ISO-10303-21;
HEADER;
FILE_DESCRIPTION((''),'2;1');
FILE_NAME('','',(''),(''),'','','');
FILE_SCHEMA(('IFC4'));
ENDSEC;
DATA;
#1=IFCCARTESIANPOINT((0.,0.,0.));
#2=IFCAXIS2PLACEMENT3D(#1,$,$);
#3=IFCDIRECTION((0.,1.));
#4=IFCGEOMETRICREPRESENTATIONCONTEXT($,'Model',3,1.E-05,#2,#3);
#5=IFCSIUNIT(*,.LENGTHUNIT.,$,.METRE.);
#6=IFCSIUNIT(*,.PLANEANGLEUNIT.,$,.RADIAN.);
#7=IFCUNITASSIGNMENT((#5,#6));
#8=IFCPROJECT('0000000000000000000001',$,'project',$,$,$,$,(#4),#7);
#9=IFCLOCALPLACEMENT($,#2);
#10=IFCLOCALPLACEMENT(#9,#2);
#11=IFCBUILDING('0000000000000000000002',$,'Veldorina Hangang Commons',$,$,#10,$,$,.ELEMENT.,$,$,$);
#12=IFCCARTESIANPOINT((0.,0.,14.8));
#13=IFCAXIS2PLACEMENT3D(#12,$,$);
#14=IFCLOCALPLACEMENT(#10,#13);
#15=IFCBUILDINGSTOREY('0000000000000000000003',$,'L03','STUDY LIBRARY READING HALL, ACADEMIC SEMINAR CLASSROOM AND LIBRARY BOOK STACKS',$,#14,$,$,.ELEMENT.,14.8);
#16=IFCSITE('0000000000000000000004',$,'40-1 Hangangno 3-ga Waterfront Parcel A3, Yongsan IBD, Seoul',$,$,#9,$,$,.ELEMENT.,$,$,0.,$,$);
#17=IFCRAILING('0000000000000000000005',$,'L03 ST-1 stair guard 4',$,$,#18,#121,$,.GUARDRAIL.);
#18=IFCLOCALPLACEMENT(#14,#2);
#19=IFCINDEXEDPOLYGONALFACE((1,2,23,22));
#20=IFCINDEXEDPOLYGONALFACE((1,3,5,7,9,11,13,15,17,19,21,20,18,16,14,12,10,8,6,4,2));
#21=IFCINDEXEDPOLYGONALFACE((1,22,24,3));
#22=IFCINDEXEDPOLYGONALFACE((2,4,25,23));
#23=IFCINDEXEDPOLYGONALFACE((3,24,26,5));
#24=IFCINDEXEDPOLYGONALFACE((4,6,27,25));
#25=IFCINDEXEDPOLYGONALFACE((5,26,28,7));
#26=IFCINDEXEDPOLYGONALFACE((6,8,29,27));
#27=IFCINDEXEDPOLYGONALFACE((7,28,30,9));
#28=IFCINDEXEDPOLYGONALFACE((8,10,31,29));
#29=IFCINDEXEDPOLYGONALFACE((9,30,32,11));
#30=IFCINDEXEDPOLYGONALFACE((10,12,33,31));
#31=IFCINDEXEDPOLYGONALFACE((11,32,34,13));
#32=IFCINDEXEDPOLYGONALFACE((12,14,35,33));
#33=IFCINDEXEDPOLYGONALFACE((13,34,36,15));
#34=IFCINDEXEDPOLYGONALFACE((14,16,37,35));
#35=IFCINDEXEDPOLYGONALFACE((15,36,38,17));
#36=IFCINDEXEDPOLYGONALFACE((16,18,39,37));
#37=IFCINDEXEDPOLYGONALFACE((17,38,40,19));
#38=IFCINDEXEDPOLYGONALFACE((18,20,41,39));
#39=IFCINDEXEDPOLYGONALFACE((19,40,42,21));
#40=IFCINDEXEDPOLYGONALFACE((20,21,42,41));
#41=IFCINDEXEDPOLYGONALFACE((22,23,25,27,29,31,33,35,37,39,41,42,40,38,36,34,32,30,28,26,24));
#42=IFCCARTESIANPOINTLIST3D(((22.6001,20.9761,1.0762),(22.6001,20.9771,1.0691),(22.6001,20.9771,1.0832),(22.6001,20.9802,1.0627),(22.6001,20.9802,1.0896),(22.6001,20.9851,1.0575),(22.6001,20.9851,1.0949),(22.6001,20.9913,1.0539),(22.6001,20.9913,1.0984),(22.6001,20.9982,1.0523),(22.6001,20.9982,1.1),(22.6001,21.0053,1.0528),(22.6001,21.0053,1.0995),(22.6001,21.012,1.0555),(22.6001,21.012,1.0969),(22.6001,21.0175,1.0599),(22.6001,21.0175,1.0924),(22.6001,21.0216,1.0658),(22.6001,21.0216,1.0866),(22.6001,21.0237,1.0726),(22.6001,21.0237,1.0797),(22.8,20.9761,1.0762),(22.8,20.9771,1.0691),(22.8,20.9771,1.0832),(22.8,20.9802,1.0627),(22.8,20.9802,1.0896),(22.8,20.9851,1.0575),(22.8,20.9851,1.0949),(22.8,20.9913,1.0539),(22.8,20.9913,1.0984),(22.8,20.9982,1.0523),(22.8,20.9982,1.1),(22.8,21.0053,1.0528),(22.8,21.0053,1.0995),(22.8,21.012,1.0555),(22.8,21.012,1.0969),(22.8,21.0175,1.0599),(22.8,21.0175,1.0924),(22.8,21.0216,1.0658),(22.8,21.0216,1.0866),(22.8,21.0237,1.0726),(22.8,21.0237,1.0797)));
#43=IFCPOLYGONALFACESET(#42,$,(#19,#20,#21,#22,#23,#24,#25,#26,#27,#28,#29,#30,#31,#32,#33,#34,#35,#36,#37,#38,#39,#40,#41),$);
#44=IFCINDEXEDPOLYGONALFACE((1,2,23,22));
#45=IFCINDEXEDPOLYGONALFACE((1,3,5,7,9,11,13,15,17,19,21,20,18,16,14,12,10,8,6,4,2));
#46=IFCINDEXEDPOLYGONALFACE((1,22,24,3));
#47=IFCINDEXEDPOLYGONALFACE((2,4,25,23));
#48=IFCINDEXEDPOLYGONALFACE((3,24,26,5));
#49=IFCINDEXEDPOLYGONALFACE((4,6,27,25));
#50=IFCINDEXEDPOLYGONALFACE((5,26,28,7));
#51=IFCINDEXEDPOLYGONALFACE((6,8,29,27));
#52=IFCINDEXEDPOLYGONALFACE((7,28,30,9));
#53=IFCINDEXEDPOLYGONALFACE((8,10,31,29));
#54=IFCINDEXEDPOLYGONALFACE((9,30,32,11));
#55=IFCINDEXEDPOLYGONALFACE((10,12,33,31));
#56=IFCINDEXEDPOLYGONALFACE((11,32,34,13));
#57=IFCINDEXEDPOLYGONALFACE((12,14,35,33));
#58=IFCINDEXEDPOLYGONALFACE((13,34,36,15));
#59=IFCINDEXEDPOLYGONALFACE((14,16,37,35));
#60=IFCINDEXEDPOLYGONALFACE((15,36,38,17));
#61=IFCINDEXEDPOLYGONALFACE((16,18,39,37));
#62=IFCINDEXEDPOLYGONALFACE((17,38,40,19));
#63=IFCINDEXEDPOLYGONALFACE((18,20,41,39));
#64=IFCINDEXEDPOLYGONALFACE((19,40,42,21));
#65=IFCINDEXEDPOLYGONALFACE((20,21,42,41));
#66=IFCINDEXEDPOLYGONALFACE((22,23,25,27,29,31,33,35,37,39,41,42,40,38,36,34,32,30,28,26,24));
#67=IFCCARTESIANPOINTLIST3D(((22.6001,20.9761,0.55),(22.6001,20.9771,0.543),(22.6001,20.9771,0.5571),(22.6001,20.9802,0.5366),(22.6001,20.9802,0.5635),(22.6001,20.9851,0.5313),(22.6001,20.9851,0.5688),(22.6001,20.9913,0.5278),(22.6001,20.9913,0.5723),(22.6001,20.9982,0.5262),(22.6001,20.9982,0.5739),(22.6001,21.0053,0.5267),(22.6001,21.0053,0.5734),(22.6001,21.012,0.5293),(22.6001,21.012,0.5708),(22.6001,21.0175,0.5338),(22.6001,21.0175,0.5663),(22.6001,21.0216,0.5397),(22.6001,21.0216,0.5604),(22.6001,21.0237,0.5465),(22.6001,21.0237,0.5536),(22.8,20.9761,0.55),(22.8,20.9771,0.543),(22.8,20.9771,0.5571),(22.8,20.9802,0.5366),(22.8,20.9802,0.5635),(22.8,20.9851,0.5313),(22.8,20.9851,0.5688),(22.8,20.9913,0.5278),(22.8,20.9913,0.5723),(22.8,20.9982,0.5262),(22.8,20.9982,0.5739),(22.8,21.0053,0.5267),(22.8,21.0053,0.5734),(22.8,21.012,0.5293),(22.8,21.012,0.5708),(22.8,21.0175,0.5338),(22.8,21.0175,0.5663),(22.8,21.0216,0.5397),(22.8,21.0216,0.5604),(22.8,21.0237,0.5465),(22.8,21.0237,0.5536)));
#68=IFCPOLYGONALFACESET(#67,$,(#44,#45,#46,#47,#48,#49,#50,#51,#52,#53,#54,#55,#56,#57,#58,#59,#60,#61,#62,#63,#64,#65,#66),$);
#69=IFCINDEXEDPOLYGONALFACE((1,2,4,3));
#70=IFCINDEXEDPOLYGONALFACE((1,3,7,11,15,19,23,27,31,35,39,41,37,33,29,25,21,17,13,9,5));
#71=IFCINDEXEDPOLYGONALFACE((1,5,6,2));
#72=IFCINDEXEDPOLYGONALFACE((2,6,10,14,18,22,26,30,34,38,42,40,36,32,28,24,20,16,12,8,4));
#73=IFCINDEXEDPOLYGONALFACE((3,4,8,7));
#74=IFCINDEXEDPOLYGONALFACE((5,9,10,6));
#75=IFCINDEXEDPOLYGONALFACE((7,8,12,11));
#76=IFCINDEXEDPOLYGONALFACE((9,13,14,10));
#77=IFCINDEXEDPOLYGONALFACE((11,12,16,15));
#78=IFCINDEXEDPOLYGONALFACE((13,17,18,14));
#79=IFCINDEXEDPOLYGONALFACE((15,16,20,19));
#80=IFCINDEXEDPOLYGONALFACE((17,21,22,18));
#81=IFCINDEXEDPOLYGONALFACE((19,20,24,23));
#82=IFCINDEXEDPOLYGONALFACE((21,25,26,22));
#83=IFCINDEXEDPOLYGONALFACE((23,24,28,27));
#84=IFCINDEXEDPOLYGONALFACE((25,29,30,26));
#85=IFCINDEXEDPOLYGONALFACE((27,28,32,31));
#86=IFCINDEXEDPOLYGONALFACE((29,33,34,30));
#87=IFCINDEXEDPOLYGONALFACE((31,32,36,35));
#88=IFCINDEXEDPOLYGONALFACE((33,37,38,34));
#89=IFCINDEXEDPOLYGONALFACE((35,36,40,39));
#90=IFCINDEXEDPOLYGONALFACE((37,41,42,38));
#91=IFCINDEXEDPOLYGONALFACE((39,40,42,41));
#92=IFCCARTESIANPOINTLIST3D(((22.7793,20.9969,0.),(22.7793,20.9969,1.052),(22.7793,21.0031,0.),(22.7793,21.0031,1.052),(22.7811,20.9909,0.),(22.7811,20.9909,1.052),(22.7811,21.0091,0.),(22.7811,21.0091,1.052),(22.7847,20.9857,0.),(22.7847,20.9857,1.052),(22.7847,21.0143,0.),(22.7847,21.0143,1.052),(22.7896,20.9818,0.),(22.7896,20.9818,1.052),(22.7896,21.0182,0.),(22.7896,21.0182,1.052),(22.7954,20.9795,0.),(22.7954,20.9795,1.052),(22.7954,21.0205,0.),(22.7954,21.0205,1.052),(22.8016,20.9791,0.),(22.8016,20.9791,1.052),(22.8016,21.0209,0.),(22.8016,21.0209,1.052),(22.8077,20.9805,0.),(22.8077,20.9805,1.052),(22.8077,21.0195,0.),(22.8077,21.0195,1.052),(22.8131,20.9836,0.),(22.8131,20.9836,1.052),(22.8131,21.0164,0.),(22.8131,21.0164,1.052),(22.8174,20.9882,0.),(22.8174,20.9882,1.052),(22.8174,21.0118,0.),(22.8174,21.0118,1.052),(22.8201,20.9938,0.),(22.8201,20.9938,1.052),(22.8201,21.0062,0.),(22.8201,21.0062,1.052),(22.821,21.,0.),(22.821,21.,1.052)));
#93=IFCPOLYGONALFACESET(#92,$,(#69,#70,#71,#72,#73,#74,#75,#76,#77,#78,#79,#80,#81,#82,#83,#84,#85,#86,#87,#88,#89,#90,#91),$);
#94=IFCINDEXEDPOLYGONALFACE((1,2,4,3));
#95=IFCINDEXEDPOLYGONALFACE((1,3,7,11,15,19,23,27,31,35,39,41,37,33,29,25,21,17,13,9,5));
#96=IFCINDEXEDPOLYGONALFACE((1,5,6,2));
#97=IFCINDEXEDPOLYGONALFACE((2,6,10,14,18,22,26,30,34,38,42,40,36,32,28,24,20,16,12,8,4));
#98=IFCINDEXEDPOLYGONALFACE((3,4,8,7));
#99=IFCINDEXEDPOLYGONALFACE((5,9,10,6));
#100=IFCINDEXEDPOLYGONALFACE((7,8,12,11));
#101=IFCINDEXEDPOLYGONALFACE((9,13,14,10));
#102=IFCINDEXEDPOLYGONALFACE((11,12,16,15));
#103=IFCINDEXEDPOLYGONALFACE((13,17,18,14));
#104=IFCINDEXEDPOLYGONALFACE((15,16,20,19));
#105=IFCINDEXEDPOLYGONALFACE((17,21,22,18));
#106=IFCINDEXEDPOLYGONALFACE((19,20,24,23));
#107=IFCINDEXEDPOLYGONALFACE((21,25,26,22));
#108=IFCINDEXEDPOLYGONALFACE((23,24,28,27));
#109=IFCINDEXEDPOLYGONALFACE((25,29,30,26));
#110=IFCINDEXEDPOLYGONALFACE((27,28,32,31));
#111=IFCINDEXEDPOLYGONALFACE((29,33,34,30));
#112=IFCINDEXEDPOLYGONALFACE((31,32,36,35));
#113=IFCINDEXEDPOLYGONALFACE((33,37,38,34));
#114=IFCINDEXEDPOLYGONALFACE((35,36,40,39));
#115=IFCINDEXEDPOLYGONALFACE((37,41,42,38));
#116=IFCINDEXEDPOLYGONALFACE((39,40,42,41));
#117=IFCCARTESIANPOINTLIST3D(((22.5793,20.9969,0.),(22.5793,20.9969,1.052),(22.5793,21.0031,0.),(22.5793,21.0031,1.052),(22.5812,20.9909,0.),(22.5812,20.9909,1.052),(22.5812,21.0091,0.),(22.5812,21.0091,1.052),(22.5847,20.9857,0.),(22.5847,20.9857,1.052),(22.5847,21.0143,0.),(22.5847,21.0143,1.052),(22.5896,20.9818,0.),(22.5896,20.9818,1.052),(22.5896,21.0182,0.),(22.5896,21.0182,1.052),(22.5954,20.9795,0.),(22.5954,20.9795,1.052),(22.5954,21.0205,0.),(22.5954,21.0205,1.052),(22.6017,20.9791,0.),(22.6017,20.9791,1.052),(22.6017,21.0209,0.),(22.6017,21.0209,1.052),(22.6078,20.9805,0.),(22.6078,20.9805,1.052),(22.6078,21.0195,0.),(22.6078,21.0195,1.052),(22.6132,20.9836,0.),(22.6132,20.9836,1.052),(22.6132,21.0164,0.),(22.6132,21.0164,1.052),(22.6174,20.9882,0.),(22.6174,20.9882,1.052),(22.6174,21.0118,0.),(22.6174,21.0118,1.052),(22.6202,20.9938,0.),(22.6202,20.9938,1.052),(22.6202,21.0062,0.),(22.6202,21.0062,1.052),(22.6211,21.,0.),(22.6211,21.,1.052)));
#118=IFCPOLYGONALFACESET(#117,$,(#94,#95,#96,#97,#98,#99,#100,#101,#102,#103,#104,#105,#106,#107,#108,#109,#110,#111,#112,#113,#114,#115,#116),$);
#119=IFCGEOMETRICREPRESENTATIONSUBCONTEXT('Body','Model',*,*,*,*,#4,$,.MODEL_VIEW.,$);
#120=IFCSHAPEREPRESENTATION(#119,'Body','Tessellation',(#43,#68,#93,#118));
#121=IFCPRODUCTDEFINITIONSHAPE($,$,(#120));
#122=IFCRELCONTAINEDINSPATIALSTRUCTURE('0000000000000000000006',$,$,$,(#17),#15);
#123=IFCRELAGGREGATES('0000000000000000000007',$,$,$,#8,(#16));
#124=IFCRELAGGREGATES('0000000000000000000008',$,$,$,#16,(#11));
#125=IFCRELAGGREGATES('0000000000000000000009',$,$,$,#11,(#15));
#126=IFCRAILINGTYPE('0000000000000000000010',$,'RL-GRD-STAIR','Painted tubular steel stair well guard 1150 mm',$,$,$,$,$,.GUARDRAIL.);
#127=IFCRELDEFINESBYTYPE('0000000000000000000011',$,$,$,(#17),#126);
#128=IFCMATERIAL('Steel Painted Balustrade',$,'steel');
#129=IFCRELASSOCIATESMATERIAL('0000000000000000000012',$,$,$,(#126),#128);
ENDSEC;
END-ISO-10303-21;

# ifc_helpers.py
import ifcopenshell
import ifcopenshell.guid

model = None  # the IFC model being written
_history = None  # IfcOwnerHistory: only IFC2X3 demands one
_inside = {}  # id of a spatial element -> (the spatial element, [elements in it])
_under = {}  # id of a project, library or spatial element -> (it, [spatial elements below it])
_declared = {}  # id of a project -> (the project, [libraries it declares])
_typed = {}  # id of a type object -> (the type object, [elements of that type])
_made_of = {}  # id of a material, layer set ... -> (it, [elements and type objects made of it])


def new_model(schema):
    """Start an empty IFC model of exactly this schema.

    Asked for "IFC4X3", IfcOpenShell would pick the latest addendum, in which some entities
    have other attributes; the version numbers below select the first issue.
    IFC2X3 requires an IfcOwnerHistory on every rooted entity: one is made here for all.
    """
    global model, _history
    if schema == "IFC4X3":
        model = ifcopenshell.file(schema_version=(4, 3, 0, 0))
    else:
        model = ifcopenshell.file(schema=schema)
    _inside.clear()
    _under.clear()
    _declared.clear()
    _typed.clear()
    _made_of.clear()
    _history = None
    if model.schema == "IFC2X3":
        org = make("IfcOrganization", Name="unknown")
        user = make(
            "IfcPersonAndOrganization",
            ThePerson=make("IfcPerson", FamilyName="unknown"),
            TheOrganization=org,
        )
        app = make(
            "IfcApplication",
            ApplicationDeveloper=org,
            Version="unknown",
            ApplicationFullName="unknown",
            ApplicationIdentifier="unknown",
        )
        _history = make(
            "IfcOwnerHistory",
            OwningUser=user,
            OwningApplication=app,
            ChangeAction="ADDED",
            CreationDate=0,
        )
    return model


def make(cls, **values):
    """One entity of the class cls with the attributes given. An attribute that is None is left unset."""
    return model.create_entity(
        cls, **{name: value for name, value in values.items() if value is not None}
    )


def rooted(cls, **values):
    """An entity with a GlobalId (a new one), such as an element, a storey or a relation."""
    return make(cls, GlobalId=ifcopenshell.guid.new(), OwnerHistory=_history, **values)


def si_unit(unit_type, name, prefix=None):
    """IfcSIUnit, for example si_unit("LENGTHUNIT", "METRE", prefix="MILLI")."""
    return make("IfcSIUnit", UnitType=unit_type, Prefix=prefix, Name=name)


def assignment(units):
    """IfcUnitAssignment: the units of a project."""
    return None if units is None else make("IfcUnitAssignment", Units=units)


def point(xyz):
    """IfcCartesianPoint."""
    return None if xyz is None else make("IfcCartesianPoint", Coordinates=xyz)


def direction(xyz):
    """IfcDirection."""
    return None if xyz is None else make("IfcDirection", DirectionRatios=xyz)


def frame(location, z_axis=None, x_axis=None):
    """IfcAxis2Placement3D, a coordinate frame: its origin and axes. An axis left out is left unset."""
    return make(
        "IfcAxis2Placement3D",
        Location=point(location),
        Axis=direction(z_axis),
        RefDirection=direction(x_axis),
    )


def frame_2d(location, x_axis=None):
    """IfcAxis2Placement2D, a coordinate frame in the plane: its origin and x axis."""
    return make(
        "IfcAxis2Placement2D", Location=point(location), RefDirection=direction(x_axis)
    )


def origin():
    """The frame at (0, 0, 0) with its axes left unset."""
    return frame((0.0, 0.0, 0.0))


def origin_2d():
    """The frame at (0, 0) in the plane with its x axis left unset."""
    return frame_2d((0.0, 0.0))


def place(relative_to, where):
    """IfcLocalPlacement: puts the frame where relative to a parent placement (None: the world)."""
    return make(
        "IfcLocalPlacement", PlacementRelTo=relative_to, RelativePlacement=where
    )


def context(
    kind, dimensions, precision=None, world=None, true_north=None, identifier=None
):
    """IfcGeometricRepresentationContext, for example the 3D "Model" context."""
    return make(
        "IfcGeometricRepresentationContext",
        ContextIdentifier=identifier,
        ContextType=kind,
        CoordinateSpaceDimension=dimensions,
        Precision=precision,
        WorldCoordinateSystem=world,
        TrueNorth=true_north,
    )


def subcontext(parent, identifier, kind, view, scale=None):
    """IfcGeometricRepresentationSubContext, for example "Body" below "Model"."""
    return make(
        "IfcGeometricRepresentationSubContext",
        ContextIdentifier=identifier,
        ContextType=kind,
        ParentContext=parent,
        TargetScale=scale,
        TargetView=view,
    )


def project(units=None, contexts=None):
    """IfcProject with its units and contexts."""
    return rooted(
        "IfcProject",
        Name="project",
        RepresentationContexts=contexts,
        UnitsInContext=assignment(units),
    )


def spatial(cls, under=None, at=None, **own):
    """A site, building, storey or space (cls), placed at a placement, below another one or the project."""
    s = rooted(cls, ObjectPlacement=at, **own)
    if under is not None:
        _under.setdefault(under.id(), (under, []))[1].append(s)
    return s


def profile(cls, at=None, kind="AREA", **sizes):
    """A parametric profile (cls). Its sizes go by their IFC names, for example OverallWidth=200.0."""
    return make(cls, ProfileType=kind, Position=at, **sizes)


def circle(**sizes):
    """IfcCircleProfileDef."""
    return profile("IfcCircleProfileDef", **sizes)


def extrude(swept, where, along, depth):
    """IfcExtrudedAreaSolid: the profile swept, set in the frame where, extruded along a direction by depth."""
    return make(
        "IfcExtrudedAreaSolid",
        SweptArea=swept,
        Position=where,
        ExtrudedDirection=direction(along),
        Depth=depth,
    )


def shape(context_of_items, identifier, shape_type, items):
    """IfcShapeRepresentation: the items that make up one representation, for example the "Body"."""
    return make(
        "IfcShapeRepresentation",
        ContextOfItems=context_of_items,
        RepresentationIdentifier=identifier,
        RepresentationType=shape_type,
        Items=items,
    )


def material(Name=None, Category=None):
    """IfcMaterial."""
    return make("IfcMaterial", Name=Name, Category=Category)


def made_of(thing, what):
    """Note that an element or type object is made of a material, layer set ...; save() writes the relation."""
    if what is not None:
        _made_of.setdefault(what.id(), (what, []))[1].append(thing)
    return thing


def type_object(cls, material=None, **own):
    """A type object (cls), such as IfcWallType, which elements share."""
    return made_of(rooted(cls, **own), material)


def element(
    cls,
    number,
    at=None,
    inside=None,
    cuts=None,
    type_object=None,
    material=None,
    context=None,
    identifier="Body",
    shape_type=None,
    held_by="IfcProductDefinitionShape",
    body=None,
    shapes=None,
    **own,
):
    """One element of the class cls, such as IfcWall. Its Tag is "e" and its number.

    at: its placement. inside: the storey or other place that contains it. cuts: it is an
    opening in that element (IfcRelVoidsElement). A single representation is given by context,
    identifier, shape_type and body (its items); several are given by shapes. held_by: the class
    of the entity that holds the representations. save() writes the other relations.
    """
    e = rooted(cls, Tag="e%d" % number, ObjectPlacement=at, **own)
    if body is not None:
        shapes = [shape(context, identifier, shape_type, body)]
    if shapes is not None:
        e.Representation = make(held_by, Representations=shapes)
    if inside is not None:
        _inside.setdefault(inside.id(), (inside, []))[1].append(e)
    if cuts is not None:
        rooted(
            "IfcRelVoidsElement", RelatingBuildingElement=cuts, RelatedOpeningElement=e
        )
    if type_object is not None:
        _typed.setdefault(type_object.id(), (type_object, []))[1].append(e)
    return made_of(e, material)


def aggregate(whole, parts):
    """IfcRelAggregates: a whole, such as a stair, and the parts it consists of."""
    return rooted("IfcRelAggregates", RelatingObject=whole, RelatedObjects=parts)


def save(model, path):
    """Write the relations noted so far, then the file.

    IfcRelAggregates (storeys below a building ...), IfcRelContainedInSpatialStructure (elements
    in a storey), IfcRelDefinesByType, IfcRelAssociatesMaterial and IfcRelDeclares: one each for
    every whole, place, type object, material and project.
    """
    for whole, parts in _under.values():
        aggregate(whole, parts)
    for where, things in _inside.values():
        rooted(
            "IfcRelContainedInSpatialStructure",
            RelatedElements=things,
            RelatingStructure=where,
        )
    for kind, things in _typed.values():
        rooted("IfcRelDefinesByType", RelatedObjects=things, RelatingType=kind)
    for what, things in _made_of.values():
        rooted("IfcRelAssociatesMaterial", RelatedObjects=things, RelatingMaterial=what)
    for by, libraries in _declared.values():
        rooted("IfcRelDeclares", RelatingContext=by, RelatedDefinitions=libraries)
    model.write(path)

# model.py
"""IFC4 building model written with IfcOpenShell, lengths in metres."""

from ifc_helpers import new_model, si_unit, direction, frame, origin, origin_2d, place, context, subcontext, project, spatial, circle, extrude, material, type_object, element, save


model = new_model("IFC4")

# Units and contexts
model_context = context("Model", 3, precision=1e-05, world=origin(), true_north=direction((0.0, 1.0)))
body_context = subcontext(model_context, "Body", "Model", "MODEL_VIEW")
ifc_project = project(units=[si_unit("LENGTHUNIT", "METRE"), si_unit("PLANEANGLEUNIT", "RADIAN")], contexts=[model_context])

# Site, building, storey
site_placement = place(None, origin())
site = spatial("IfcSite", under=ifc_project, at=site_placement, Name="40-1 Hangangno 3-ga Waterfront Parcel A3, Yongsan IBD, Seoul", CompositionType="ELEMENT", RefElevation=0.0)
building_placement = place(site_placement, origin())
building = spatial("IfcBuilding", under=site, at=building_placement, Name="Veldorina Hangang Commons", CompositionType="ELEMENT")
storey_placement = place(building_placement, frame((0.0, 0.0, 14.8)))
storey = spatial("IfcBuildingStorey", under=building, at=storey_placement, Name="L03", Description="STUDY LIBRARY READING HALL, ACADEMIC SEMINAR CLASSROOM AND LIBRARY BOOK STACKS", CompositionType="ELEMENT", Elevation=14.8)

# Railing
ifc_material_1 = material(Name="Steel Painted Balustrade", Category="steel")
railing_type_1 = type_object("IfcRailingType", Name="RL-GRD-STAIR", Description="Painted tubular steel stair well guard 1150 mm", PredefinedType="GUARDRAIL", material=ifc_material_1)
railing_1_placement = place(storey_placement, frame((22.8, 21.0, 0.0)))
element("IfcRailing", 1, at=railing_1_placement, inside=storey, type_object=railing_type_1, Name="L03 ST-1 stair guard 4", PredefinedType="GUARDRAIL", context=body_context, shape_type="SweptSolid", body=[
    extrude(circle(Radius=0.0239, at=origin_2d()), frame((0.0, 0.0, 1.0762), z_axis=(-1.0, 0.0, 0.0), x_axis=(0.0, -1.0, 0.0)), (0.0, 0.0, 1.0), 0.2),
    extrude(circle(Radius=0.0239, at=origin_2d()), frame((0.0, 0.0, 0.55), z_axis=(-1.0, 0.0, 0.0), x_axis=(0.0, -1.0, 0.0)), (0.0, 0.0, 1.0), 0.2),
    extrude(circle(Radius=0.021, at=origin_2d()), origin(), (0.0, 0.0, 1.0), 1.052),
    extrude(circle(Radius=0.021, at=origin_2d()), frame((-0.2, 0.0, 0.0)), (0.0, 0.0, 1.0), 1.052),
])

save(model, "model.ifc")
